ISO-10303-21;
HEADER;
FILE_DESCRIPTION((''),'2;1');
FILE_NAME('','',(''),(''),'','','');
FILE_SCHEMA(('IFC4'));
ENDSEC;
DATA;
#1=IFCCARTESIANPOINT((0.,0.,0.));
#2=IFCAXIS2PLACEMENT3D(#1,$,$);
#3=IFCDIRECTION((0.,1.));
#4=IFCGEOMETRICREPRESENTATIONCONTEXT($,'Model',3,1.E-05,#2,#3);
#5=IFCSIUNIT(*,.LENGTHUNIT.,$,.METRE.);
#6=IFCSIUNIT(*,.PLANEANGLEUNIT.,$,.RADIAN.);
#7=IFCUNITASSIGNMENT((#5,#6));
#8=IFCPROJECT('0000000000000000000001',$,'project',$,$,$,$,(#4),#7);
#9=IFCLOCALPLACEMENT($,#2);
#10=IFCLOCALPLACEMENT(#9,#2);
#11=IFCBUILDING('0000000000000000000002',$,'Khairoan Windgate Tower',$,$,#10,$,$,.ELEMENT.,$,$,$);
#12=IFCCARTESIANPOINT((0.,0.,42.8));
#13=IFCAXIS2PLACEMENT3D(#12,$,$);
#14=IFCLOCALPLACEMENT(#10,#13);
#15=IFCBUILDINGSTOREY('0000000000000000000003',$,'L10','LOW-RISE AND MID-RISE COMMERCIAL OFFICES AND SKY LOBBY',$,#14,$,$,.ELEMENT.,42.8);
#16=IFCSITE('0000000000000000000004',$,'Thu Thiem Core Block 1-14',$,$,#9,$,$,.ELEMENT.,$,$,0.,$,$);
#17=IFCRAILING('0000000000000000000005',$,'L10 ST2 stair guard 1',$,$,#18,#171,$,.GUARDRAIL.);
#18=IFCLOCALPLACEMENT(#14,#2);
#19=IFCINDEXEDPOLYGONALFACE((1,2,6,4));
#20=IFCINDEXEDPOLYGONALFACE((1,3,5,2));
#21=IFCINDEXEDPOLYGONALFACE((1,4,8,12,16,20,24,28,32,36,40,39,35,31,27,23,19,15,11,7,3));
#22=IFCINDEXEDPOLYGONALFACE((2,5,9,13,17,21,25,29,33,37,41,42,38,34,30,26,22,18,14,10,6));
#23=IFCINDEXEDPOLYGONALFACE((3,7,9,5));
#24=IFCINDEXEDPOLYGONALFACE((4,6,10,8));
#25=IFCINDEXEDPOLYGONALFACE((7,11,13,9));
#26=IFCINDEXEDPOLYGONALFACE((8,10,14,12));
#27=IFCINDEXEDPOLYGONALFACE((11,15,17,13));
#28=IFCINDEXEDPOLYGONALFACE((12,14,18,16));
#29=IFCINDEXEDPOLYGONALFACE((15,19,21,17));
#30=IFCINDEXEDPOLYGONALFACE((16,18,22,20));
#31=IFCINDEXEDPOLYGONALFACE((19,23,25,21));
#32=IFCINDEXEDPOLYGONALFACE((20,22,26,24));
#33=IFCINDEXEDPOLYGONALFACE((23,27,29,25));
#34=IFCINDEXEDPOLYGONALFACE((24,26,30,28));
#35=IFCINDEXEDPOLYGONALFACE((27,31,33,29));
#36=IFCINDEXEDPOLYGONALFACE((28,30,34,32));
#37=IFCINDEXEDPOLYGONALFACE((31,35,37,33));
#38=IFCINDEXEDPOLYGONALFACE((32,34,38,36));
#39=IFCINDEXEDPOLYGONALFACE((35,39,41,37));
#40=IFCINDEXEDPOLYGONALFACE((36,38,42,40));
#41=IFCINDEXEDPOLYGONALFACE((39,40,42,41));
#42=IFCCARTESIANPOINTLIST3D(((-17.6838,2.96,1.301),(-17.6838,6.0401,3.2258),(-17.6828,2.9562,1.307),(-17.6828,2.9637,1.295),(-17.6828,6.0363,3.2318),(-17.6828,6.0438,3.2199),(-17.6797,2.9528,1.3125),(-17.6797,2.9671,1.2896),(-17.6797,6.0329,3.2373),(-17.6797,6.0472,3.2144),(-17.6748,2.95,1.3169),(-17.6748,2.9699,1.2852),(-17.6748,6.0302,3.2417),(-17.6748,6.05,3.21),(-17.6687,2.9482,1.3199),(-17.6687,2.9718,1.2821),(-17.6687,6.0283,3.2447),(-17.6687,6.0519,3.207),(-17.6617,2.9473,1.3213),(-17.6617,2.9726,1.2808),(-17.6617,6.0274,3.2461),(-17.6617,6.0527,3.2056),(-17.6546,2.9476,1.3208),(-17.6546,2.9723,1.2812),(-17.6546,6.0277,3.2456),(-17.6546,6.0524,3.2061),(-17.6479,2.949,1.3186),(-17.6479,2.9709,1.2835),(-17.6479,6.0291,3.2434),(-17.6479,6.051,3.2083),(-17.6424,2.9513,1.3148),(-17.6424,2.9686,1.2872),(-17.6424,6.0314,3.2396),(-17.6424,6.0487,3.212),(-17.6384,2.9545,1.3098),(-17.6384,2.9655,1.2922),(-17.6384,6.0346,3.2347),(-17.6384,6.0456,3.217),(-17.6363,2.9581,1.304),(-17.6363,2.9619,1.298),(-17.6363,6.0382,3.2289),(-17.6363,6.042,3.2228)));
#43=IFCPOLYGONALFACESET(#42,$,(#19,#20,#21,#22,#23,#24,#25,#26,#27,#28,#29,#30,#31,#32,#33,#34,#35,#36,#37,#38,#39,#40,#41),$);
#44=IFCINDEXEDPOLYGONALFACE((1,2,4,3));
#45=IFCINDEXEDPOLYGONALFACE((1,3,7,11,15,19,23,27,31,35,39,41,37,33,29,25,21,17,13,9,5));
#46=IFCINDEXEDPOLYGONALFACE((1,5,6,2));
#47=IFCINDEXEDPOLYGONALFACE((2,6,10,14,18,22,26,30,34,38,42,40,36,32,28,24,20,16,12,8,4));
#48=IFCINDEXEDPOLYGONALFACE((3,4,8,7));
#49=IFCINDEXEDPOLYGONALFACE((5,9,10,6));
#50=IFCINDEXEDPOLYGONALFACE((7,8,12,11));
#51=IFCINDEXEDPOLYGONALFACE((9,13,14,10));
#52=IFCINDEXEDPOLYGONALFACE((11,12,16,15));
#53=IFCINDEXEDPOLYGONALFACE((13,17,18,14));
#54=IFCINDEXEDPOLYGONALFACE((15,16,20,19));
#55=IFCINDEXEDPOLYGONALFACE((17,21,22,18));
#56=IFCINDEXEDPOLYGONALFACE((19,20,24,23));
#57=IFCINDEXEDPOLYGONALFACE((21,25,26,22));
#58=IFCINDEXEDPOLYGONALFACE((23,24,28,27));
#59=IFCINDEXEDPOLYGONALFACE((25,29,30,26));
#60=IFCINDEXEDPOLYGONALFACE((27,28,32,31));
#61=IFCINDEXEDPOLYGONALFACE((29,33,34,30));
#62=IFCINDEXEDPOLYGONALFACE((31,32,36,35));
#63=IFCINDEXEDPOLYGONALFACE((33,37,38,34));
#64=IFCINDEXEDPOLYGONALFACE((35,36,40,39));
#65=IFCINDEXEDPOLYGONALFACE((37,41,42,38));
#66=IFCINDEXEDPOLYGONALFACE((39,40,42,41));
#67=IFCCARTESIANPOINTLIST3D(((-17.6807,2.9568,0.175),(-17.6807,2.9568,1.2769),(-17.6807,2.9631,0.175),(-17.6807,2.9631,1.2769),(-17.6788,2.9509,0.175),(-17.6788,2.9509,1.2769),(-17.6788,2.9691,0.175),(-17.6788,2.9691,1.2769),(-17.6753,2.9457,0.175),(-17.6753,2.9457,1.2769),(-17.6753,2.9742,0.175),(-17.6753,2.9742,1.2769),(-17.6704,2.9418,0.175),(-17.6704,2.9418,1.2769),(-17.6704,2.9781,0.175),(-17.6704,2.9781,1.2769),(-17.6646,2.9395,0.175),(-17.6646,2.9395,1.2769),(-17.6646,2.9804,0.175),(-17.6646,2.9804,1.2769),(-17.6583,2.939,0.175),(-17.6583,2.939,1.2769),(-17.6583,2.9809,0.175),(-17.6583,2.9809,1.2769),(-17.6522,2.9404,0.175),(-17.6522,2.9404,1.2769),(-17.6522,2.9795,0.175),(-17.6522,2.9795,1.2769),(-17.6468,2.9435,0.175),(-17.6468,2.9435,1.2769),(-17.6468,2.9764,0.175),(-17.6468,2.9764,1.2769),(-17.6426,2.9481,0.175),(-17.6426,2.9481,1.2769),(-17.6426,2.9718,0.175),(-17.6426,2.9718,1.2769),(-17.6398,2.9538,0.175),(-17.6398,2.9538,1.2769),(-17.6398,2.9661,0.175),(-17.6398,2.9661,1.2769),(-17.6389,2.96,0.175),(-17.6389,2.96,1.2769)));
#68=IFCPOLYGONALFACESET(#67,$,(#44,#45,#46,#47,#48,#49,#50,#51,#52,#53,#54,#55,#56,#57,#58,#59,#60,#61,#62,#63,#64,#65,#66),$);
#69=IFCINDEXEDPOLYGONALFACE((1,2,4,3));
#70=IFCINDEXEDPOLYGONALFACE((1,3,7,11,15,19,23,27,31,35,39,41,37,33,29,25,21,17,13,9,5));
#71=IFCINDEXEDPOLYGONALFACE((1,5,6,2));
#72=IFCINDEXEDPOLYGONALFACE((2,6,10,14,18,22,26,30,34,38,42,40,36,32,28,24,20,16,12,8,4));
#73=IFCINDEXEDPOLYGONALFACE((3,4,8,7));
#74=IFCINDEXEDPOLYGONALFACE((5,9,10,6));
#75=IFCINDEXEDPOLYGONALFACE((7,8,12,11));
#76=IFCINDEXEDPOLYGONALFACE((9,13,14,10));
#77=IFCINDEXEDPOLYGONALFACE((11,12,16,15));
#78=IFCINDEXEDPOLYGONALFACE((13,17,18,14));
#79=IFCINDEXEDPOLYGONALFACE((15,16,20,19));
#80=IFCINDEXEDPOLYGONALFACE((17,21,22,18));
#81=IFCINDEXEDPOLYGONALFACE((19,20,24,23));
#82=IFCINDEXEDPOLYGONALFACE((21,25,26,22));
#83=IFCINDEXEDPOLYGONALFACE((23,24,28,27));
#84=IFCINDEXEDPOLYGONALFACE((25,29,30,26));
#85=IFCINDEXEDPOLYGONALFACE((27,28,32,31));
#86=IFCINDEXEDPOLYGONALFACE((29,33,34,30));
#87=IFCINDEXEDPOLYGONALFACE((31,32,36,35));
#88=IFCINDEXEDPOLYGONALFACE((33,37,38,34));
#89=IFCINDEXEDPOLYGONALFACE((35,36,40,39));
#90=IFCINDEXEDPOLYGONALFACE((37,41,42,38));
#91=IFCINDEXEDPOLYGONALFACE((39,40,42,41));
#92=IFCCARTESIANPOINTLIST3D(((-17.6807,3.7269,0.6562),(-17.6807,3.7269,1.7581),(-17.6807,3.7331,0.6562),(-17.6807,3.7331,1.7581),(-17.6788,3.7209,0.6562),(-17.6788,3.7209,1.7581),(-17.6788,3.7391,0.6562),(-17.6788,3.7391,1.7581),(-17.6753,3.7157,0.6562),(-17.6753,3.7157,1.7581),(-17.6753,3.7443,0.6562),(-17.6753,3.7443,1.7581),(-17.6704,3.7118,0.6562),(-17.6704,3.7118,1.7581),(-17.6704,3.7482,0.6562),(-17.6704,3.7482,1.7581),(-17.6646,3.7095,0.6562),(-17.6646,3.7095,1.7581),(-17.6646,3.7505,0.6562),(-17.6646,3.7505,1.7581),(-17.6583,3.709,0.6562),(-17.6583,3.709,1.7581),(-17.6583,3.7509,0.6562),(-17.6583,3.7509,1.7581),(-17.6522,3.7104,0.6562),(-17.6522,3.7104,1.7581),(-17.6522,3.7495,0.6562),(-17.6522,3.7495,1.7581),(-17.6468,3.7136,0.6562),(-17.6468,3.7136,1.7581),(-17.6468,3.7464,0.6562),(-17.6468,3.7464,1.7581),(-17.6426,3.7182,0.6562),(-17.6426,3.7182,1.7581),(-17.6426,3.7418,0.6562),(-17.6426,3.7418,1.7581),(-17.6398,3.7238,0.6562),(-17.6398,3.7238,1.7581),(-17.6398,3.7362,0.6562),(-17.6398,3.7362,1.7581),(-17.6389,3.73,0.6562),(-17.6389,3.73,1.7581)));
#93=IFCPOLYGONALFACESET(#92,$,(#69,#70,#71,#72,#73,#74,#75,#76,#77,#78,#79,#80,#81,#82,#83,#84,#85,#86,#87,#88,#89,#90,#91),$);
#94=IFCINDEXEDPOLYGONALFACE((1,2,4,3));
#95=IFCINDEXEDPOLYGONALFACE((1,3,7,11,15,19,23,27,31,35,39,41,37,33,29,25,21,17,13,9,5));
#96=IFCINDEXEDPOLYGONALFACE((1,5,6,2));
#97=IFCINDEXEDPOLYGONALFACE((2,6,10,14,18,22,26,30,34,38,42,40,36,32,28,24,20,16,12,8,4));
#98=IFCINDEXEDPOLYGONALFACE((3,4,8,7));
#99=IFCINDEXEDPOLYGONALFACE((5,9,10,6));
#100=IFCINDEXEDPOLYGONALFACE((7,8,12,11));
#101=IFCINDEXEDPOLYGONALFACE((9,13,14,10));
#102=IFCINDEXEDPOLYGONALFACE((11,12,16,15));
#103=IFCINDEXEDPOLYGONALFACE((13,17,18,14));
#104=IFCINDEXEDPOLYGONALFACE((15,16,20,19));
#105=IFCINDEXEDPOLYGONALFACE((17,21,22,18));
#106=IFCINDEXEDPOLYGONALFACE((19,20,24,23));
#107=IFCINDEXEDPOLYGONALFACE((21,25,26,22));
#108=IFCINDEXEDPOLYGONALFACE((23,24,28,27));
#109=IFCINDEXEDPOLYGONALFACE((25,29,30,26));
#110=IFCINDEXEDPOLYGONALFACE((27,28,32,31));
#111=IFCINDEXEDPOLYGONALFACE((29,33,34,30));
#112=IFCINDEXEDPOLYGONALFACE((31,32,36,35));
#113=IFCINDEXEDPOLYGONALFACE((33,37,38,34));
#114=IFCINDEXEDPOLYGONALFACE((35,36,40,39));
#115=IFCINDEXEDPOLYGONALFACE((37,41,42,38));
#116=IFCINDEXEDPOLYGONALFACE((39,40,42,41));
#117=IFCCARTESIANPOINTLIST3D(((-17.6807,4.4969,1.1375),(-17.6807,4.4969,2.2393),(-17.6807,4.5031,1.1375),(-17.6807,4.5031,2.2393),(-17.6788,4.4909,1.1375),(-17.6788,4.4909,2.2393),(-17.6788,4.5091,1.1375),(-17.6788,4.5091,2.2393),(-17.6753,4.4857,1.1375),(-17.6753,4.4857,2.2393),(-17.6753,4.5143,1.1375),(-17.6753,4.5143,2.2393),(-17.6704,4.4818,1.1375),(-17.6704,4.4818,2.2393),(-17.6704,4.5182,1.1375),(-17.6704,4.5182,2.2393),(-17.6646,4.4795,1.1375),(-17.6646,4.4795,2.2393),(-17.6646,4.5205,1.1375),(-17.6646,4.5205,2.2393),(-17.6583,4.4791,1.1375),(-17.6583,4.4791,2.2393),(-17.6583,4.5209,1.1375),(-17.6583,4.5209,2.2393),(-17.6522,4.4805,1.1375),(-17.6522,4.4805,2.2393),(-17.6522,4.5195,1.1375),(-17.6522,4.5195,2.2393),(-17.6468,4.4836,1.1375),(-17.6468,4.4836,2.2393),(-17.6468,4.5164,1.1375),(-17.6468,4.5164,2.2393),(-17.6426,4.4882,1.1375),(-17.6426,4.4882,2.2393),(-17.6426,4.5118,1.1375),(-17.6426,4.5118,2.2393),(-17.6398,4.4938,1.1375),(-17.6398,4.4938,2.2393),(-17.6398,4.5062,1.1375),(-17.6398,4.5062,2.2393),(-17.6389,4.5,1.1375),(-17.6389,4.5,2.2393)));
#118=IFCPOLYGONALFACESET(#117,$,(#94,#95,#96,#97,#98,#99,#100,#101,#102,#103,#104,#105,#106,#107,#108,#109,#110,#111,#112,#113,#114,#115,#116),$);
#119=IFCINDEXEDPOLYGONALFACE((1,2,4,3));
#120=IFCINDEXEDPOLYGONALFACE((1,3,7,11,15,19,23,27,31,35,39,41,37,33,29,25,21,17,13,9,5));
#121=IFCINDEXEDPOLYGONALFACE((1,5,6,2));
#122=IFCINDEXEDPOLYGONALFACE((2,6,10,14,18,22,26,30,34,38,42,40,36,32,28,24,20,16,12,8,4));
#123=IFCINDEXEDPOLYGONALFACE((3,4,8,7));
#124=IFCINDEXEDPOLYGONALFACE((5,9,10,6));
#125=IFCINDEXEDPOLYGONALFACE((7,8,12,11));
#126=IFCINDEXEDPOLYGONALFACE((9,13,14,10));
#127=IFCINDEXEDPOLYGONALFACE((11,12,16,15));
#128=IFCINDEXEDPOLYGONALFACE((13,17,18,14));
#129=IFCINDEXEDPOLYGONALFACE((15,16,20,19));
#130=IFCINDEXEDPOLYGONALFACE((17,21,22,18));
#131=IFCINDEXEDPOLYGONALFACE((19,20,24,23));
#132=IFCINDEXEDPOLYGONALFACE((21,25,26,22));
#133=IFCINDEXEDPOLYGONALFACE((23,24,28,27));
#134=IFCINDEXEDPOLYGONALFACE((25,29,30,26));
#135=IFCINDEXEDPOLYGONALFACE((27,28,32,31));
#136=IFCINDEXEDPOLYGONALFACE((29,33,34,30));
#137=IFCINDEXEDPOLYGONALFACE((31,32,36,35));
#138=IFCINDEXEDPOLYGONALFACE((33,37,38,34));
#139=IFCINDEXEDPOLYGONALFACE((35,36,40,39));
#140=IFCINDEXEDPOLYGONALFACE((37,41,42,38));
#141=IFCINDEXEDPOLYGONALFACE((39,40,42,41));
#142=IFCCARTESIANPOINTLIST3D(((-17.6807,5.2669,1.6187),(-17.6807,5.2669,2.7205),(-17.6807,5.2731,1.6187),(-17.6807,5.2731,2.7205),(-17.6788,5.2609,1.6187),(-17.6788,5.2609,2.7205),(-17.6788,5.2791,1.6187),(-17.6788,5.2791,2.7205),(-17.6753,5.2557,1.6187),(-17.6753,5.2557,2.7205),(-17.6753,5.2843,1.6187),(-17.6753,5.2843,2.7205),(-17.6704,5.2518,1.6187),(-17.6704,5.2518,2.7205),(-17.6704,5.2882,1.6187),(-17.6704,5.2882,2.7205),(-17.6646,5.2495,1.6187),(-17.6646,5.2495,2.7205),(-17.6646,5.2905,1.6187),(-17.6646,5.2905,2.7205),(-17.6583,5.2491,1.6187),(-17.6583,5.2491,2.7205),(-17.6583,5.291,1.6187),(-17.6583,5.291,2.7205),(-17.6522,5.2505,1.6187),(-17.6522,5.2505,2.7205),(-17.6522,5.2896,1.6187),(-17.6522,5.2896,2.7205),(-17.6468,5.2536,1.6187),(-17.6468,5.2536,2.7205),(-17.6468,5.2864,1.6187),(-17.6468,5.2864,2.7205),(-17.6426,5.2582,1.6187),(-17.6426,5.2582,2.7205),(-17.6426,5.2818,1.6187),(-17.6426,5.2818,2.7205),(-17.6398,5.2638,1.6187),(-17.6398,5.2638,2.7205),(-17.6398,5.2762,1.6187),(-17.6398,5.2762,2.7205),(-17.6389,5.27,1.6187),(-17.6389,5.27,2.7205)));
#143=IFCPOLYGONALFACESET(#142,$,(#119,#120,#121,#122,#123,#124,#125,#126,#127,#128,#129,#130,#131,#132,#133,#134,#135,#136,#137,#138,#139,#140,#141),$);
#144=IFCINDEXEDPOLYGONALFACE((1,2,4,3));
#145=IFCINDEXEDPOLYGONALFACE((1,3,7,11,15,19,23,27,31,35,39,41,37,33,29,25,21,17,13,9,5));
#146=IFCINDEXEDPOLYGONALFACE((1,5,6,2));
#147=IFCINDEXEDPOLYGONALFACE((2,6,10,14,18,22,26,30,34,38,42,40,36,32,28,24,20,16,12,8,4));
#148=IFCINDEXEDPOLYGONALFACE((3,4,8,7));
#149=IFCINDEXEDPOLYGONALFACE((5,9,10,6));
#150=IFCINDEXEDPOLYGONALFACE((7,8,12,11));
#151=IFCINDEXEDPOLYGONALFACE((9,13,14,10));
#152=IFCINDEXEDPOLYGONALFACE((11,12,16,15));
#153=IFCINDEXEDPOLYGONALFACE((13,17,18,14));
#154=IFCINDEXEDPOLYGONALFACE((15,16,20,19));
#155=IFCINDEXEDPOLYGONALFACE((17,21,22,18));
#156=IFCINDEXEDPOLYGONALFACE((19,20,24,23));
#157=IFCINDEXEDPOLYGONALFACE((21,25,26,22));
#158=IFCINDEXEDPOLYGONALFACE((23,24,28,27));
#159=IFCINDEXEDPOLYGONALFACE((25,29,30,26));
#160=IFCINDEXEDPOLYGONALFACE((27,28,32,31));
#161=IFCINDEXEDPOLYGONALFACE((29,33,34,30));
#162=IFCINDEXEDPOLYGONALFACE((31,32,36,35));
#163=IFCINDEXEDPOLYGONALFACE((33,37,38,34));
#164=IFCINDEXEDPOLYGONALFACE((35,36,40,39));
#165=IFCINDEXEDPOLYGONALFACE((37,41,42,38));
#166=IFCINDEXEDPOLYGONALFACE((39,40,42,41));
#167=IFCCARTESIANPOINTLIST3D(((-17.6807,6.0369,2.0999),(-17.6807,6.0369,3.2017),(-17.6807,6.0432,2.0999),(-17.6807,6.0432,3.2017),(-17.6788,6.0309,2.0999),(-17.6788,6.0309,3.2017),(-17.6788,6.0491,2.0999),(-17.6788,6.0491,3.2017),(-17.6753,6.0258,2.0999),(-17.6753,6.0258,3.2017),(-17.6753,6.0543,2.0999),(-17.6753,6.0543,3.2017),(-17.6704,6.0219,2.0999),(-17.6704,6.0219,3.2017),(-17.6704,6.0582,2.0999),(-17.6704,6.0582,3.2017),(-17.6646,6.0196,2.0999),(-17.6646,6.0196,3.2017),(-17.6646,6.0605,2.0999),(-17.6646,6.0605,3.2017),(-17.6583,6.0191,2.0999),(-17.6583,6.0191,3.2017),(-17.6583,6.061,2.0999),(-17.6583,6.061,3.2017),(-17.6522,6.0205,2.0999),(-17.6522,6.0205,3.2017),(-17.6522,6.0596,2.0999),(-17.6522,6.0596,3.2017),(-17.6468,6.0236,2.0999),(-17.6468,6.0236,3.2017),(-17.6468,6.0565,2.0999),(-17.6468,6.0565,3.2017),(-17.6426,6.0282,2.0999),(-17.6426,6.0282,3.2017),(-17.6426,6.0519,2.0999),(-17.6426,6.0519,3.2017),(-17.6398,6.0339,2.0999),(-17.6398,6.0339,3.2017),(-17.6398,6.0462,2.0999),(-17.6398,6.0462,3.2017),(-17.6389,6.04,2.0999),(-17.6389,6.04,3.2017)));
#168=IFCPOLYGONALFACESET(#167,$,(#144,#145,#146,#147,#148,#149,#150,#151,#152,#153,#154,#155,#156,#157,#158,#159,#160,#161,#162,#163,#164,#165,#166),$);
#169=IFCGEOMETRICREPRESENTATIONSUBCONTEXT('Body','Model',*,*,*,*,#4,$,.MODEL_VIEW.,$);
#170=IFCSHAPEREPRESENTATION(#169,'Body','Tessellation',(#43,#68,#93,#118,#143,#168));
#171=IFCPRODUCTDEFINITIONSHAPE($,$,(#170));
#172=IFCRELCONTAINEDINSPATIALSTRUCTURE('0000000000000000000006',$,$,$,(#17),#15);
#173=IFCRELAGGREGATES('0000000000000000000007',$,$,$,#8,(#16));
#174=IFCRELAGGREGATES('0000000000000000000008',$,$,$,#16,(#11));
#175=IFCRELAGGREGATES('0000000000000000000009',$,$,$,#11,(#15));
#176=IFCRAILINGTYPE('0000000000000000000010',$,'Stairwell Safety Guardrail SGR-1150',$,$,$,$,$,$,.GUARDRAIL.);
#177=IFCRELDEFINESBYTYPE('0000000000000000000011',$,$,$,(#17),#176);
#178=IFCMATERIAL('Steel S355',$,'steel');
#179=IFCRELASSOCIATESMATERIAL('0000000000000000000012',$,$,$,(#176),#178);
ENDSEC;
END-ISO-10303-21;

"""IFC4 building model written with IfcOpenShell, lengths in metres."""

from ifc_helpers import new_model, si_unit, direction, frame, origin, origin_2d, place, context, subcontext, project, spatial, circle, extrude, material, type_object, element, save


model = new_model("IFC4")

# Units and contexts
model_context = context("Model", 3, precision=1e-05, world=origin(), true_north=direction((0.0, 1.0)))
body_context = subcontext(model_context, "Body", "Model", "MODEL_VIEW")
ifc_project = project(units=[si_unit("LENGTHUNIT", "METRE"), si_unit("PLANEANGLEUNIT", "RADIAN")], contexts=[model_context])

# Site, building, storey
site_placement = place(None, origin())
site = spatial("IfcSite", under=ifc_project, at=site_placement, Name="Thu Thiem Core Block 1-14", CompositionType="ELEMENT", RefElevation=0.0)
building_placement = place(site_placement, origin())
building = spatial("IfcBuilding", under=site, at=building_placement, Name="Khairoan Windgate Tower", CompositionType="ELEMENT")
storey_placement = place(building_placement, frame((0.0, 0.0, 42.8)))
storey = spatial("IfcBuildingStorey", under=building, at=storey_placement, Name="L10", Description="LOW-RISE AND MID-RISE COMMERCIAL OFFICES AND SKY LOBBY", CompositionType="ELEMENT", Elevation=42.8)

# Railing
ifc_material_1 = material(Name="Steel S355", Category="steel")
railing_type_1 = type_object("IfcRailingType", Name="Stairwell Safety Guardrail SGR-1150", PredefinedType="GUARDRAIL", material=ifc_material_1)
railing_1_placement = place(storey_placement, frame((-17.6599, 2.96, 0.175)))
element("IfcRailing", 1, at=railing_1_placement, inside=storey, type_object=railing_type_1, Name="L10 ST2 stair guard 1", PredefinedType="GUARDRAIL", context=body_context, shape_type="SweptSolid", body=[
    extrude(circle(Radius=0.0239, at=origin_2d()), frame((0.0, 0.0, 1.126), z_axis=(0.0, 0.848029, 0.529951), x_axis=(-1.0, 0.0, 0.0)), (0.0, 0.0, 1.0), 3.6321),
    extrude(circle(Radius=0.021, at=origin_2d()), origin(), (0.0, 0.0, 1.0), 1.1018),
    extrude(circle(Radius=0.021, at=origin_2d()), frame((0.0, 0.77, 0.4812)), (0.0, 0.0, 1.0), 1.1018),
    extrude(circle(Radius=0.021, at=origin_2d()), frame((0.0, 1.54, 0.9624)), (0.0, 0.0, 1.0), 1.1018),
    extrude(circle(Radius=0.021, at=origin_2d()), frame((0.0, 2.3101, 1.4436)), (0.0, 0.0, 1.0), 1.1018),
    extrude(circle(Radius=0.021, at=origin_2d()), frame((0.0, 3.0801, 1.9248)), (0.0, 0.0, 1.0), 1.1018),
])

save(model, "model.ifc")
